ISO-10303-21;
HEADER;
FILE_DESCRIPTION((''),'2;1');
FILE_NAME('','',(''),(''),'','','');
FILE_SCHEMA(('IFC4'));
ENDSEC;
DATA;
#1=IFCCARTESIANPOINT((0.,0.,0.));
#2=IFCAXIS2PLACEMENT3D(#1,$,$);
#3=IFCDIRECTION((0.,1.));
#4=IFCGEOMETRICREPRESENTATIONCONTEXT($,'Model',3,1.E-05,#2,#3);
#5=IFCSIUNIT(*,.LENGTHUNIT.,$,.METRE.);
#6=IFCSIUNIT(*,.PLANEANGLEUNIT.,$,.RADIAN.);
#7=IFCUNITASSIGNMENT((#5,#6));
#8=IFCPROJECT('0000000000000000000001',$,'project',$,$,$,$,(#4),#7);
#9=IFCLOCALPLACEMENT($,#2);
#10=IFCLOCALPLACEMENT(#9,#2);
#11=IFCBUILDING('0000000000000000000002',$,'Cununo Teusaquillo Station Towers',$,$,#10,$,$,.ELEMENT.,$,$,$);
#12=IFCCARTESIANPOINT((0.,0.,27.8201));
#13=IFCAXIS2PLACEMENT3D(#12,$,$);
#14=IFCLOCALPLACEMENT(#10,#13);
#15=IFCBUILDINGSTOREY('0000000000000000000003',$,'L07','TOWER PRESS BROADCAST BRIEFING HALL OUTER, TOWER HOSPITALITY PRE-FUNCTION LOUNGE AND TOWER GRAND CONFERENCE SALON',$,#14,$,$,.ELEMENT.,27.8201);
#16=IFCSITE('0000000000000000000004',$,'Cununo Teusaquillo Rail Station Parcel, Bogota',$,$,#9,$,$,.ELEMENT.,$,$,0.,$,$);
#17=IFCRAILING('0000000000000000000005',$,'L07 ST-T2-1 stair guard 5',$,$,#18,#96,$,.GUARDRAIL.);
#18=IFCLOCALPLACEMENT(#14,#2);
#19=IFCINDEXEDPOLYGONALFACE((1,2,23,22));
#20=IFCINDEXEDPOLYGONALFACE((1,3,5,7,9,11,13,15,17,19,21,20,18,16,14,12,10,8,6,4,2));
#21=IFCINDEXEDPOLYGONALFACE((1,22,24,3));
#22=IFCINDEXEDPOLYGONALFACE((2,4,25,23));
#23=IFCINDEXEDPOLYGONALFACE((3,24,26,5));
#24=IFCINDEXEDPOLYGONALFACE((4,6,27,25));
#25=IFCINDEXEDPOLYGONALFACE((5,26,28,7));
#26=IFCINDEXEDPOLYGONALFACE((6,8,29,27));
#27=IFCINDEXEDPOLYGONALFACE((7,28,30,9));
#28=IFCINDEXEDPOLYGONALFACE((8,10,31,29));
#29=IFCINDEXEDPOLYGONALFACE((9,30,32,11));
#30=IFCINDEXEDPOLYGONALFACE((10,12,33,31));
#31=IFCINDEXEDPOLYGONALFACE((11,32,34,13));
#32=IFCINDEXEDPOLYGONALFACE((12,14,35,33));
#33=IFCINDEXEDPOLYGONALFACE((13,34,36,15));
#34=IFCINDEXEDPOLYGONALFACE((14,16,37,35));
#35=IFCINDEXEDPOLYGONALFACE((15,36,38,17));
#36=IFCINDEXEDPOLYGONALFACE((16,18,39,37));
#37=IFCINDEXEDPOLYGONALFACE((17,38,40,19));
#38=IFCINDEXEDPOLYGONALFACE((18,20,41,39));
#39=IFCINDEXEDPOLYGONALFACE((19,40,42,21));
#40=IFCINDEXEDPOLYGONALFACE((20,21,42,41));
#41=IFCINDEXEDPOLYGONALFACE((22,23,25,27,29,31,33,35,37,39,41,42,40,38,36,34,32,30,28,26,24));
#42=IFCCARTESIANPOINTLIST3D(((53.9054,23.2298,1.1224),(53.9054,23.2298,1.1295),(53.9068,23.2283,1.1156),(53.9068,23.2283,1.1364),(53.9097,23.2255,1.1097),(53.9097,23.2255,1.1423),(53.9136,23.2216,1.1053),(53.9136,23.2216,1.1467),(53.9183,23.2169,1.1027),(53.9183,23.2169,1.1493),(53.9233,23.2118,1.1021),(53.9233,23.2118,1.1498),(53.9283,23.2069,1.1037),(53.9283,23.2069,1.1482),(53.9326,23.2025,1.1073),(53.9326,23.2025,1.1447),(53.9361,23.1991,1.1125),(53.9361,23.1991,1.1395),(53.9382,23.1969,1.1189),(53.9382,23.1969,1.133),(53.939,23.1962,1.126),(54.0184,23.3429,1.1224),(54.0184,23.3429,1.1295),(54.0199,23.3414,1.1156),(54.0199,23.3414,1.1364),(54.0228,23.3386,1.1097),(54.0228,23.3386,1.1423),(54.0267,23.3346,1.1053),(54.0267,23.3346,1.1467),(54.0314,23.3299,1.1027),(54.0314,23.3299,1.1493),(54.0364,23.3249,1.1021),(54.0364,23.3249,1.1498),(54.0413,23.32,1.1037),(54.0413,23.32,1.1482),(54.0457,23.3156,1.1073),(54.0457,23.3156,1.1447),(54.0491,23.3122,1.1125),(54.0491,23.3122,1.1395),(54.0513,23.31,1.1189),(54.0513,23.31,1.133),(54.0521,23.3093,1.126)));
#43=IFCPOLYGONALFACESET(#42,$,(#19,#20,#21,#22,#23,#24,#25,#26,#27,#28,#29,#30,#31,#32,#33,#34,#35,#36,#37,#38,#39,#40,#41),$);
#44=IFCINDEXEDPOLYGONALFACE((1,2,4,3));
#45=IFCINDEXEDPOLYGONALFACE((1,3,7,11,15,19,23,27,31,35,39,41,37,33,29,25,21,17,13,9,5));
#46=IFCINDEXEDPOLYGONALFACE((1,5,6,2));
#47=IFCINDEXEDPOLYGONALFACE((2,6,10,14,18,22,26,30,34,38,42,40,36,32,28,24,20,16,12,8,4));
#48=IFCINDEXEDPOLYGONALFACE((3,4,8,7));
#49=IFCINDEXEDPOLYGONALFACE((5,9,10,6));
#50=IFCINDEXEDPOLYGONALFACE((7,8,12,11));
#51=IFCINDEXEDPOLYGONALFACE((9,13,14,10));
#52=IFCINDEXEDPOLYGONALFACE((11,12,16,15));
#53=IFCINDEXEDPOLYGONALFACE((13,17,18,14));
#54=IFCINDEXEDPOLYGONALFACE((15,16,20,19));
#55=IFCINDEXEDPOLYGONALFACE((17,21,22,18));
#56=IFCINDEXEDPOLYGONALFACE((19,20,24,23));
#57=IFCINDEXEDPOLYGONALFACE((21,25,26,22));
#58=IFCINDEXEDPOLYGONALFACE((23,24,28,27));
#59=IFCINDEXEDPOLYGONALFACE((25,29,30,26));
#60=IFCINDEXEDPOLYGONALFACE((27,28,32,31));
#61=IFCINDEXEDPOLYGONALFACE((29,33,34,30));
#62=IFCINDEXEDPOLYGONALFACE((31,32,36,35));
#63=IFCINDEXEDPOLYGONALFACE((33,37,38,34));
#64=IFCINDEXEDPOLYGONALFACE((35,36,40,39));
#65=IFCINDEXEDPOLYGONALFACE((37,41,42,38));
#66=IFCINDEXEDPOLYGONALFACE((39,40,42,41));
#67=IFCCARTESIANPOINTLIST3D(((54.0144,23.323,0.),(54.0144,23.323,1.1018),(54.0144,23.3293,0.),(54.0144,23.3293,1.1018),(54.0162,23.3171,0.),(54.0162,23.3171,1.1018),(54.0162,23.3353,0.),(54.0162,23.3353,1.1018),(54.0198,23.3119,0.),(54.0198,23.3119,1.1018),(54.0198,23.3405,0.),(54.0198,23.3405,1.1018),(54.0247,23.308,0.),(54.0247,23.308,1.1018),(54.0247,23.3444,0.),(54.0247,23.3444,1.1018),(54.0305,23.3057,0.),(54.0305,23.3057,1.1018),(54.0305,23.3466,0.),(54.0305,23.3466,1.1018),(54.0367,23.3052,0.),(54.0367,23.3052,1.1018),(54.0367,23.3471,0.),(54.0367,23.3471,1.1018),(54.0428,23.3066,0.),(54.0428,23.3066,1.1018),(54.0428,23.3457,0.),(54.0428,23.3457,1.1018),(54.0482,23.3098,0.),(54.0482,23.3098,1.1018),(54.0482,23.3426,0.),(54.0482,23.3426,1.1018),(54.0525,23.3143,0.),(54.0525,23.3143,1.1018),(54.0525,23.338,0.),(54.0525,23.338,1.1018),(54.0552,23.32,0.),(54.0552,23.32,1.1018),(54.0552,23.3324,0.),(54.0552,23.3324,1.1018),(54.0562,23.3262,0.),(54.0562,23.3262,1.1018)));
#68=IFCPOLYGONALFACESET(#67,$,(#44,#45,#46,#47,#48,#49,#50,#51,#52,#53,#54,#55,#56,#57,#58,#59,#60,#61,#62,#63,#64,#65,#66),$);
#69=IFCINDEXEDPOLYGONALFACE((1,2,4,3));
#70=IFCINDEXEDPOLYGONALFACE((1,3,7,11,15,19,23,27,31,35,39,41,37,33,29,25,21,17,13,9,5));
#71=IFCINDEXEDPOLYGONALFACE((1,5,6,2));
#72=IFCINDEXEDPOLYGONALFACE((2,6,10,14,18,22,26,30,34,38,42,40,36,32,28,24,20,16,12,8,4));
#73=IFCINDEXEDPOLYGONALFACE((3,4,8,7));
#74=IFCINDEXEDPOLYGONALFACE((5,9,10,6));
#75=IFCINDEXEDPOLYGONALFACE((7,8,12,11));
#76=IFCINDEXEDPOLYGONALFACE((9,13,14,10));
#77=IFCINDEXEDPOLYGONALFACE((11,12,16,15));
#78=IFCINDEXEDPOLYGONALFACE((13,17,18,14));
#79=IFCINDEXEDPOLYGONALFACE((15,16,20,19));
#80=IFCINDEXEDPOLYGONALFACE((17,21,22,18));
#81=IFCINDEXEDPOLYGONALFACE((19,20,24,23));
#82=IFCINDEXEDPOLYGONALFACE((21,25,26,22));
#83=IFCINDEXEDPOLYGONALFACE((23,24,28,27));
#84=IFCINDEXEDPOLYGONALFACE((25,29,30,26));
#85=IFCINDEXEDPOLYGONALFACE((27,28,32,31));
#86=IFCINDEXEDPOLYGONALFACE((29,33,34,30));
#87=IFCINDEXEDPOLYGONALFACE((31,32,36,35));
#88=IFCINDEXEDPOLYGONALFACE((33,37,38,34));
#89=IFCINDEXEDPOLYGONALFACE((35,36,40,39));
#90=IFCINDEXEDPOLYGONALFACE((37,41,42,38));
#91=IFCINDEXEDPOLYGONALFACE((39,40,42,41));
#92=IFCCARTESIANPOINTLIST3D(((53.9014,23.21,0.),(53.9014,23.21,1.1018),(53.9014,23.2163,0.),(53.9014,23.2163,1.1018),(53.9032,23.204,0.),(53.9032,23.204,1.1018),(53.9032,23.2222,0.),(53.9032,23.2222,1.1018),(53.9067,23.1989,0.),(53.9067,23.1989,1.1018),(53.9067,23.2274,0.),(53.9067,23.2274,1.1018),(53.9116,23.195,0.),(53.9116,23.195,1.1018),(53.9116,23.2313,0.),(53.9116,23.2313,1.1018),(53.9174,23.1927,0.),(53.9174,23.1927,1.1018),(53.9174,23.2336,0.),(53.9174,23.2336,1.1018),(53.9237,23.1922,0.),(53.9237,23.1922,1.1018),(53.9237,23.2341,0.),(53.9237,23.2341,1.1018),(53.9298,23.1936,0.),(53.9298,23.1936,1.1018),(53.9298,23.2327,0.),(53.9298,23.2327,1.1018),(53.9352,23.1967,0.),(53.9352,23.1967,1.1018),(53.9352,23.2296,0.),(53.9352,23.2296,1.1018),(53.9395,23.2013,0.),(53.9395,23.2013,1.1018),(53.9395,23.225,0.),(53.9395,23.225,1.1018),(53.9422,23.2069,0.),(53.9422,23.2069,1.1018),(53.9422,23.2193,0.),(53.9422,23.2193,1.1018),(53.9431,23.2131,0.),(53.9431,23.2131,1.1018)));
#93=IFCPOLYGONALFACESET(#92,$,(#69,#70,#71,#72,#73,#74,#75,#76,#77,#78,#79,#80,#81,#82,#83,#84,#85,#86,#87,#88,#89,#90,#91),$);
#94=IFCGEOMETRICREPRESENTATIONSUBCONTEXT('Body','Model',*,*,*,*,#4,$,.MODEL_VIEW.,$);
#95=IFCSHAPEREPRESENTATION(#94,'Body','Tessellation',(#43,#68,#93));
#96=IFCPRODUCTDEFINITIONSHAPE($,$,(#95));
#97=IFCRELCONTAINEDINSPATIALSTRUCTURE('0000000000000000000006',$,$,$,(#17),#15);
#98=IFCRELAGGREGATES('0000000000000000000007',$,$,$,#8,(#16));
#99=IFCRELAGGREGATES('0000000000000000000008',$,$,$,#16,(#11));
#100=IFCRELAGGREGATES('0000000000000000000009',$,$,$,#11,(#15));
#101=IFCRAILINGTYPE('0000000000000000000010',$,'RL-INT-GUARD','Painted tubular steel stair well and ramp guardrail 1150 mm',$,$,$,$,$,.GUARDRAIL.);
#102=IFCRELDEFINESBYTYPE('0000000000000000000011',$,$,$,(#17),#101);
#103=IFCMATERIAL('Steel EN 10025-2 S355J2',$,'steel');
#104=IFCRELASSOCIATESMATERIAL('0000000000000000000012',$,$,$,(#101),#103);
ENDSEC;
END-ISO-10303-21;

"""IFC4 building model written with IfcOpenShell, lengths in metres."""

from ifc_helpers import new_model, si_unit, direction, frame, origin, origin_2d, place, context, subcontext, project, spatial, circle, extrude, material, type_object, element, save


model = new_model("IFC4")

# Units and contexts
model_context = context("Model", 3, precision=1e-05, world=origin(), true_north=direction((0.0, 1.0)))
body_context = subcontext(model_context, "Body", "Model", "MODEL_VIEW")
ifc_project = project(units=[si_unit("LENGTHUNIT", "METRE"), si_unit("PLANEANGLEUNIT", "RADIAN")], contexts=[model_context])

# Site, building, storey
site_placement = place(None, origin())
site = spatial("IfcSite", under=ifc_project, at=site_placement, Name="Cununo Teusaquillo Rail Station Parcel, Bogota", CompositionType="ELEMENT", RefElevation=0.0)
building_placement = place(site_placement, origin())
building = spatial("IfcBuilding", under=site, at=building_placement, Name="Cununo Teusaquillo Station Towers", CompositionType="ELEMENT")
storey_placement = place(building_placement, frame((0.0, 0.0, 27.8201)))
storey = spatial("IfcBuildingStorey", under=building, at=storey_placement, Name="L07", Description="TOWER PRESS BROADCAST BRIEFING HALL OUTER, TOWER HOSPITALITY PRE-FUNCTION LOUNGE AND TOWER GRAND CONFERENCE SALON", CompositionType="ELEMENT", Elevation=27.8201)

# Railing
ifc_material_1 = material(Name="Steel EN 10025-2 S355J2", Category="steel")
railing_type_1 = type_object("IfcRailingType", Name="RL-INT-GUARD", Description="Painted tubular steel stair well and ramp guardrail 1150 mm", PredefinedType="GUARDRAIL", material=ifc_material_1)
railing_1_placement = place(storey_placement, frame((54.0352, 23.3262, 0.0)))
element("IfcRailing", 1, at=railing_1_placement, inside=storey, type_object=railing_type_1, Name="L07 ST-T2-1 stair guard 5", PredefinedType="GUARDRAIL", context=body_context, shape_type="SweptSolid", body=[
    extrude(circle(Radius=0.0239, at=origin_2d()), frame((0.0, 0.0, 1.126), z_axis=(-0.707107, -0.707107, 0.0), x_axis=(0.707107, -0.707107, 0.0)), (0.0, 0.0, 1.0), 0.1599),
    extrude(circle(Radius=0.021, at=origin_2d()), origin(), (0.0, 0.0, 1.0), 1.1018),
    extrude(circle(Radius=0.021, at=origin_2d()), frame((-0.113, -0.113, 0.0)), (0.0, 0.0, 1.0), 1.1018),
])

save(model, "model.ifc")
